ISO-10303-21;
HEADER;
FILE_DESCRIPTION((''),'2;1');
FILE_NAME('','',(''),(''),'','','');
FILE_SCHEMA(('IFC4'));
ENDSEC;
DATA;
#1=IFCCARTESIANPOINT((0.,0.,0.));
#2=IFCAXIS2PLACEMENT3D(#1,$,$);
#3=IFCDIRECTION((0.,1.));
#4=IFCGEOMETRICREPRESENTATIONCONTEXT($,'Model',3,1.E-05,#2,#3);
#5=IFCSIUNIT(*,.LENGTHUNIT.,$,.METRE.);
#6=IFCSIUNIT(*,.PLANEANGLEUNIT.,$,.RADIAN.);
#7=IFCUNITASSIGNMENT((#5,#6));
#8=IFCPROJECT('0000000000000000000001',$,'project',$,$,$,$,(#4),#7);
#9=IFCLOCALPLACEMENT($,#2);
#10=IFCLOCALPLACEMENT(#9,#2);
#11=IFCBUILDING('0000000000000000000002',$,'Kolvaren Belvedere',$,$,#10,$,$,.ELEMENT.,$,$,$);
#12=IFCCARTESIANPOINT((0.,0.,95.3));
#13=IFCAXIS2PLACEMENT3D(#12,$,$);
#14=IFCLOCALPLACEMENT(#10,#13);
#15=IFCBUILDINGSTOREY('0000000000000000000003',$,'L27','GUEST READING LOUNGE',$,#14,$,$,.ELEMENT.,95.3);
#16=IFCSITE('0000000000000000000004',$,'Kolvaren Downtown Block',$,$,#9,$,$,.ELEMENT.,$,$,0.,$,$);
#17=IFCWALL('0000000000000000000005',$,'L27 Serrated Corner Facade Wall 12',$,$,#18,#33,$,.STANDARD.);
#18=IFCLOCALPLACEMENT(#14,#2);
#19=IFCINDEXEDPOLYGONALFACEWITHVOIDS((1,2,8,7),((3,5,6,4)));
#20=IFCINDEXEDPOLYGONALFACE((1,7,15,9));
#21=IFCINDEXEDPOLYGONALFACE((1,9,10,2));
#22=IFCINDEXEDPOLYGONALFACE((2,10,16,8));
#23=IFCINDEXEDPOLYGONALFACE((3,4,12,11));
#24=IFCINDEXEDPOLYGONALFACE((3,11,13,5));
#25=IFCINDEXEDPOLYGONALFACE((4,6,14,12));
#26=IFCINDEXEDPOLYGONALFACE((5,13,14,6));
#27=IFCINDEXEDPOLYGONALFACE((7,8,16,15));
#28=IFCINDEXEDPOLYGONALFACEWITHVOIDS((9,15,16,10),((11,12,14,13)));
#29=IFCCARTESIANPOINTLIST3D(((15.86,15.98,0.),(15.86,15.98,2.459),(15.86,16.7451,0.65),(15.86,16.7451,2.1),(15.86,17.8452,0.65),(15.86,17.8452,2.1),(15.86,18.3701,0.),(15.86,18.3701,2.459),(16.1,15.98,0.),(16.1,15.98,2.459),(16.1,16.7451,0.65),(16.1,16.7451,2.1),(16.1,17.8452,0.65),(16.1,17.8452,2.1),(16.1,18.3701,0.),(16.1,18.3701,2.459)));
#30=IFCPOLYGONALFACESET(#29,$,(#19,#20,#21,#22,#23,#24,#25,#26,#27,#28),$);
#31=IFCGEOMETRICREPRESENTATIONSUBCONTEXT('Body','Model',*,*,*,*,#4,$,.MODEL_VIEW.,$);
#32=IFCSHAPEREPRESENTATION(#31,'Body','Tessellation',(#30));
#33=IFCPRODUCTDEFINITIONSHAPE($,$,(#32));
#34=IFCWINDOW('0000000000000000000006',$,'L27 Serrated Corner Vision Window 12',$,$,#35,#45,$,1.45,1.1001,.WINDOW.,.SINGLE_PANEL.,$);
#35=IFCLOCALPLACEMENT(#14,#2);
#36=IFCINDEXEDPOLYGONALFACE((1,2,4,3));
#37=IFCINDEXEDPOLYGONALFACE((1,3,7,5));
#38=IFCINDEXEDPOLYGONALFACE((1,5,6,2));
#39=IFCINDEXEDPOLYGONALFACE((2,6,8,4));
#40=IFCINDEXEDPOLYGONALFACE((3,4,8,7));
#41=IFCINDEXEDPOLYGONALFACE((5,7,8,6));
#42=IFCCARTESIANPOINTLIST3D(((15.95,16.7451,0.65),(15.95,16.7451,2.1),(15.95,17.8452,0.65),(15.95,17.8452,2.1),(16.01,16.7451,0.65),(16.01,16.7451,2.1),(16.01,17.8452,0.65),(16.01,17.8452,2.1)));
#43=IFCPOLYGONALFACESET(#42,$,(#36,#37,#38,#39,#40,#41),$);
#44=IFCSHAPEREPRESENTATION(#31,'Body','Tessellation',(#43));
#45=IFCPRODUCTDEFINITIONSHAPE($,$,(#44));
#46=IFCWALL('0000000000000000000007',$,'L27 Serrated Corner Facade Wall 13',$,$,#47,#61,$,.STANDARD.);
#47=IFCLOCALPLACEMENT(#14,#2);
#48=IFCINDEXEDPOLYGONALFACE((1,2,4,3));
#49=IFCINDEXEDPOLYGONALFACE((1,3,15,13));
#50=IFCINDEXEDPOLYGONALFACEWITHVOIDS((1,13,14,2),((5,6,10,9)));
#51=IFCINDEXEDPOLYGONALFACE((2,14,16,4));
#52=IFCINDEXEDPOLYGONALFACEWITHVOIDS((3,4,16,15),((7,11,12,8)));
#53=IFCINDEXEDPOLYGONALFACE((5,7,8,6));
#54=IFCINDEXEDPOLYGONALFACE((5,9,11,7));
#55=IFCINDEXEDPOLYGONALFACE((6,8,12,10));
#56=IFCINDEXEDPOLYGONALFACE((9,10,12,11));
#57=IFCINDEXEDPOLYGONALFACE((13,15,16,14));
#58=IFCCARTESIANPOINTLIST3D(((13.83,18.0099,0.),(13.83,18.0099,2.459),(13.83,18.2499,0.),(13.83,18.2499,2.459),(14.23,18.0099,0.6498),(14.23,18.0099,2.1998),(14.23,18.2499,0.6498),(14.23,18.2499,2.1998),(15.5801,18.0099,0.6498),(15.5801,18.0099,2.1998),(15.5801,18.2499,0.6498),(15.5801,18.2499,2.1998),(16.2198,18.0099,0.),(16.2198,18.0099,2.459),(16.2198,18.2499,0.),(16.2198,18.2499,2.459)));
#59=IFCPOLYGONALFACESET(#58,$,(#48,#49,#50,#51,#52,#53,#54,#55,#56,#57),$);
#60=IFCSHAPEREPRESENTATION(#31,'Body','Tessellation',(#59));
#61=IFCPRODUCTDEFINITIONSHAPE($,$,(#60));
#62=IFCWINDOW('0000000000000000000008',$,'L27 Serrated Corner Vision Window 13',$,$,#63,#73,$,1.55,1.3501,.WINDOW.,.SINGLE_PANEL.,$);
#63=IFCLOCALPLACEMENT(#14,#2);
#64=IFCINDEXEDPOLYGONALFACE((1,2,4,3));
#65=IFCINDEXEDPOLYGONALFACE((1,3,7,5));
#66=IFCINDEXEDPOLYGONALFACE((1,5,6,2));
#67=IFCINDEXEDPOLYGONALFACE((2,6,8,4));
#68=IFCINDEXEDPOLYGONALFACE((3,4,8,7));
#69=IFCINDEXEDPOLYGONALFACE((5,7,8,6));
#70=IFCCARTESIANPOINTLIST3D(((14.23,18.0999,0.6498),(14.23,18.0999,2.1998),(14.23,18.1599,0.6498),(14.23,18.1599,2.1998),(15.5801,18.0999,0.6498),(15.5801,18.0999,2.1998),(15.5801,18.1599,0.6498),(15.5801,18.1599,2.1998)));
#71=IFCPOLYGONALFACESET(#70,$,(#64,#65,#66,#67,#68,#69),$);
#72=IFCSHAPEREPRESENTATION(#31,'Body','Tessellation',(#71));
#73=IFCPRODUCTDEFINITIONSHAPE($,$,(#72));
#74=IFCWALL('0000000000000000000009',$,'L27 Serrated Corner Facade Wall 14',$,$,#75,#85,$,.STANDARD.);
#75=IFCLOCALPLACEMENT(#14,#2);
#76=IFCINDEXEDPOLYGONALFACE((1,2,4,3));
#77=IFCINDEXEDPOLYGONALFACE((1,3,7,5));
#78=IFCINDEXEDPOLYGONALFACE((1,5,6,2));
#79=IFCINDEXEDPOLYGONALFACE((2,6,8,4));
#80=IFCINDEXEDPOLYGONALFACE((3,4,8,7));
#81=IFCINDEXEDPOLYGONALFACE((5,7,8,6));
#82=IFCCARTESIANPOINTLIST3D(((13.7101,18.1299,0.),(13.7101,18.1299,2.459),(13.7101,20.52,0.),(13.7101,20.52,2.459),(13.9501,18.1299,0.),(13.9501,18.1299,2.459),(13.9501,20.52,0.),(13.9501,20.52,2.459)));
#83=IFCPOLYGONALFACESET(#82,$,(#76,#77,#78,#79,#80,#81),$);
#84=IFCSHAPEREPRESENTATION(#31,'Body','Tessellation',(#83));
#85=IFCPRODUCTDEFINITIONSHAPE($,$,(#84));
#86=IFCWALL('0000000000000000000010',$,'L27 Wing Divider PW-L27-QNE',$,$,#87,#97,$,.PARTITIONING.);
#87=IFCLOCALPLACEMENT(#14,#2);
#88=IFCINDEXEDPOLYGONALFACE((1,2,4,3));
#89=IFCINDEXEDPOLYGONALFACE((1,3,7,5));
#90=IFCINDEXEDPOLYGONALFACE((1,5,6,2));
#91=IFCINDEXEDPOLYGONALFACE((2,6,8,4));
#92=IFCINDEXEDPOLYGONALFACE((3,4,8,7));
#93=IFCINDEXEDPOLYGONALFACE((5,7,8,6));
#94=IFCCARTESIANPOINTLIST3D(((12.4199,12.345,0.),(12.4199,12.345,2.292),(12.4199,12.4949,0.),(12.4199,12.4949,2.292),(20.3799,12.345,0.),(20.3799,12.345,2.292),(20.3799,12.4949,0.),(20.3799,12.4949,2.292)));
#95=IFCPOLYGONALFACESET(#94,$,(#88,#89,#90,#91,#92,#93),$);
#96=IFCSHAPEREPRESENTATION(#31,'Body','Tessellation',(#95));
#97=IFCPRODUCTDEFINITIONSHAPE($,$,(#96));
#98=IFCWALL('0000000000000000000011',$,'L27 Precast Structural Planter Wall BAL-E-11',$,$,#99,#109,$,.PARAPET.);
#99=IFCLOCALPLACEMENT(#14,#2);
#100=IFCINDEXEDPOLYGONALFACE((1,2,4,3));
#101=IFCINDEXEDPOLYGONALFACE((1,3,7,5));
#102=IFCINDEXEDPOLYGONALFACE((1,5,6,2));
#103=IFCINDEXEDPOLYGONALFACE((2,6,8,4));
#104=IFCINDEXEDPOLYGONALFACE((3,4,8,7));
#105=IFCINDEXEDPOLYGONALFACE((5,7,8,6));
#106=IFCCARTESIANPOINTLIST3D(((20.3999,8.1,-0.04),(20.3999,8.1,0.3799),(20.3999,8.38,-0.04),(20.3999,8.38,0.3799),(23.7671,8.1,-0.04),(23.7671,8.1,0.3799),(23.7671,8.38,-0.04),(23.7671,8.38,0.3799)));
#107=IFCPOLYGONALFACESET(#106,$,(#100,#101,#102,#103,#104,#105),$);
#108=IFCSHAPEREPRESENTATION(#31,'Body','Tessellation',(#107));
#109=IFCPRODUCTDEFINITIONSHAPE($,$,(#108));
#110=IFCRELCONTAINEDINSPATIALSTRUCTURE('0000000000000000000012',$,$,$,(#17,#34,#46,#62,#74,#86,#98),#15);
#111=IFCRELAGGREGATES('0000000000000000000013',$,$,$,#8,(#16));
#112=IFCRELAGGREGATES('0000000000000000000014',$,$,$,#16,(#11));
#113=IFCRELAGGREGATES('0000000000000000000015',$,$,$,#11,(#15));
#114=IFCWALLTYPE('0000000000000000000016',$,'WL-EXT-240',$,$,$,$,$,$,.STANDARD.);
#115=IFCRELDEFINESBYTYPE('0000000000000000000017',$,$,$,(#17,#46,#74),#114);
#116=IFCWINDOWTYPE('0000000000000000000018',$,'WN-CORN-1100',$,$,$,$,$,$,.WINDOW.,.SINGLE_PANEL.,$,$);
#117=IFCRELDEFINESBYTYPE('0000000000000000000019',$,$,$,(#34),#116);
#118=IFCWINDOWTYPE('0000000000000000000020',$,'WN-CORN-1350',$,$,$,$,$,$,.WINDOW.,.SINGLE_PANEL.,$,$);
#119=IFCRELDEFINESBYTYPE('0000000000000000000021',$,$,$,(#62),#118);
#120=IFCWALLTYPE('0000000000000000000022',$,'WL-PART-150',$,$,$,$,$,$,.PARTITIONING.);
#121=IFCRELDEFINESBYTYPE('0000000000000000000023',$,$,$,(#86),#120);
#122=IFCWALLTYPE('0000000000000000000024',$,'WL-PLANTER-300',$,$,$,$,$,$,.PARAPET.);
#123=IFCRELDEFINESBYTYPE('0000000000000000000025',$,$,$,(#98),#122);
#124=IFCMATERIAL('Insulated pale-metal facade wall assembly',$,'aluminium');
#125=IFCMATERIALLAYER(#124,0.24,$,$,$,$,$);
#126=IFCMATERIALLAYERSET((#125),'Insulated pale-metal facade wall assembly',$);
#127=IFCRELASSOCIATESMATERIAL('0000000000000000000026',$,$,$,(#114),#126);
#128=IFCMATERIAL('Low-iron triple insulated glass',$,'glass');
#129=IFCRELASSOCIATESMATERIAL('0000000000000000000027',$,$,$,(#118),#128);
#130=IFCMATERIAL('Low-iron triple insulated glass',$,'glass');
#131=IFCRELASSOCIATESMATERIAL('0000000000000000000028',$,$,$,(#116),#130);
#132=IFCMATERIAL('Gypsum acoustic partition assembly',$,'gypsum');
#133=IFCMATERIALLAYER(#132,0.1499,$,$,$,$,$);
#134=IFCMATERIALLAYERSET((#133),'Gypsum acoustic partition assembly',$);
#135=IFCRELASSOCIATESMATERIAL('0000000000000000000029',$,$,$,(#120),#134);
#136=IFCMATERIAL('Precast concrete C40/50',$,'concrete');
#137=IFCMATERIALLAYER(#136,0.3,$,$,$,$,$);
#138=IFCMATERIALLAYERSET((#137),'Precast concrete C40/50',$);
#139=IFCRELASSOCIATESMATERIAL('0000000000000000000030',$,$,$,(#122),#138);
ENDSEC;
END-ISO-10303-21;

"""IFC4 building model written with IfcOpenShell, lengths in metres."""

from ifc_helpers import new_model, si_unit, direction, frame, frame_2d, origin, place, context, subcontext, project, spatial, rectangle, extrude, material, layer, layer_set, type_object, element, fill, save


model = new_model("IFC4")

# Units and contexts
model_context = context("Model", 3, precision=1e-05, world=origin(), true_north=direction((0.0, 1.0)))
body_context = subcontext(model_context, "Body", "Model", "MODEL_VIEW")
ifc_project = project(units=[si_unit("LENGTHUNIT", "METRE"), si_unit("PLANEANGLEUNIT", "RADIAN")], contexts=[model_context])

# Site, building, storey
site_placement = place(None, origin())
site = spatial("IfcSite", under=ifc_project, at=site_placement, Name="Kolvaren Downtown Block", CompositionType="ELEMENT", RefElevation=0.0)
building_placement = place(site_placement, origin())
building = spatial("IfcBuilding", under=site, at=building_placement, Name="Kolvaren Belvedere", CompositionType="ELEMENT")
storey_placement = place(building_placement, frame((0.0, 0.0, 95.3)))
storey = spatial("IfcBuildingStorey", under=building, at=storey_placement, Name="L27", Description="GUEST READING LOUNGE", CompositionType="ELEMENT", Elevation=95.3)

# Shared definitions
ifc_material_1 = material(Name="Insulated pale-metal facade wall assembly", Category="aluminium")
ifc_layer_1 = layer(ifc_material_1, 0.24)
ifc_layer_set_1 = layer_set([ifc_layer_1], Name="Insulated pale-metal facade wall assembly")
wall_type_1 = type_object("IfcWallType", Name="WL-EXT-240", PredefinedType="STANDARD", material=ifc_layer_set_1)

# Walls, openings, windows
ifc_material_2 = material(Name="Low-iron triple insulated glass", Category="glass")
window_type_1 = type_object("IfcWindowType", Name="WN-CORN-1350", PartitioningType="SINGLE_PANEL", PredefinedType="WINDOW", material=ifc_material_2)
ifc_material_3 = material(Name="Low-iron triple insulated glass", Category="glass")
window_type_2 = type_object("IfcWindowType", Name="WN-CORN-1100", PartitioningType="SINGLE_PANEL", PredefinedType="WINDOW", material=ifc_material_3)
wall_1_placement = place(storey_placement, frame((15.98, 18.3701, 0.0), z_axis=(0.0, 0.0, 1.0), x_axis=(0.0, -1.0, 0.0)))
wall_1 = element("IfcWall", 1, at=wall_1_placement, inside=storey, type_object=wall_type_1, Name="L27 Serrated Corner Facade Wall 12", PredefinedType="STANDARD", context=body_context, shape_type="SweptSolid", body=[
    extrude(rectangle(XDim=2.3901, YDim=0.24, at=frame_2d((1.1951, 0.0))), origin(), (0.0, 0.0, 1.0), 2.459),
])
opening_1_placement = place(wall_1_placement, frame((0.5249, 0.0, 0.6499)))
opening_1 = element("IfcOpeningElement", 2, at=opening_1_placement, cuts=wall_1, PredefinedType="OPENING", context=body_context, shape_type="SweptSolid", body=[
    extrude(rectangle(XDim=1.1001, YDim=1.45, at=frame_2d((0.55, 0.7251))), frame((0.0, 0.1299, 0.0), z_axis=(0.0, -1.0, 0.0), x_axis=(1.0, 0.0, 0.0)), (0.0, 0.0, 1.0), 0.26),
])
window_1_placement = place(opening_1_placement, origin())
window_1 = element("IfcWindow", 3, at=window_1_placement, inside=storey, type_object=window_type_2, Name="L27 Serrated Corner Vision Window 12", OverallHeight=1.45, OverallWidth=1.1001, PartitioningType="SINGLE_PANEL", PredefinedType="WINDOW", context=body_context, shape_type="SweptSolid", body=[
    extrude(rectangle(XDim=1.1001, YDim=1.45, at=frame_2d((0.55, 0.7251))), frame((0.0, 0.03, 0.0), z_axis=(0.0, -1.0, 0.0), x_axis=(1.0, 0.0, 0.0)), (0.0, 0.0, 1.0), 0.0601),
])
fill(opening_1, window_1)
wall_2_placement = place(storey_placement, frame((13.8301, 18.1299, 0.0), z_axis=(0.0, 0.0, 1.0), x_axis=(1.0, 0.0, 0.0)))
wall_2 = element("IfcWall", 4, at=wall_2_placement, inside=storey, type_object=wall_type_1, Name="L27 Serrated Corner Facade Wall 13", PredefinedType="STANDARD", context=body_context, shape_type="SweptSolid", body=[
    extrude(rectangle(XDim=2.3899, YDim=0.24, at=frame_2d((1.1948, 0.0))), origin(), (0.0, 0.0, 1.0), 2.459),
])
opening_2_placement = place(wall_2_placement, frame((0.3999, 0.0, 0.6499)))
opening_2 = element("IfcOpeningElement", 5, at=opening_2_placement, cuts=wall_2, PredefinedType="OPENING", context=body_context, shape_type="SweptSolid", body=[
    extrude(rectangle(XDim=1.3501, YDim=1.55, at=frame_2d((0.675, 0.7749))), frame((0.0, 0.1299, 0.0), z_axis=(0.0, -1.0, 0.0), x_axis=(1.0, 0.0, 0.0)), (0.0, 0.0, 1.0), 0.26),
])
window_2_placement = place(opening_2_placement, origin())
window_2 = element("IfcWindow", 6, at=window_2_placement, inside=storey, type_object=window_type_1, Name="L27 Serrated Corner Vision Window 13", OverallHeight=1.55, OverallWidth=1.3501, PartitioningType="SINGLE_PANEL", PredefinedType="WINDOW", context=body_context, shape_type="SweptSolid", body=[
    extrude(rectangle(XDim=1.3501, YDim=1.55, at=frame_2d((0.675, 0.7749))), frame((0.0, 0.03, 0.0), z_axis=(0.0, -1.0, 0.0), x_axis=(1.0, 0.0, 0.0)), (0.0, 0.0, 1.0), 0.0601),
])
fill(opening_2, window_2)

# Walls
wall_3_placement = place(storey_placement, frame((13.8301, 20.52, 0.0), z_axis=(0.0, 0.0, 1.0), x_axis=(0.0, -1.0, 0.0)))
element("IfcWall", 7, at=wall_3_placement, inside=storey, type_object=wall_type_1, Name="L27 Serrated Corner Facade Wall 14", PredefinedType="STANDARD", context=body_context, shape_type="SweptSolid", body=[
    extrude(rectangle(XDim=2.3901, YDim=0.24, at=frame_2d((1.1951, 0.0))), origin(), (0.0, 0.0, 1.0), 2.459),
])
ifc_material_4 = material(Name="Gypsum acoustic partition assembly", Category="gypsum")
ifc_layer_2 = layer(ifc_material_4, 0.1499)
ifc_layer_set_2 = layer_set([ifc_layer_2], Name="Gypsum acoustic partition assembly")
wall_type_2 = type_object("IfcWallType", Name="WL-PART-150", PredefinedType="PARTITIONING", material=ifc_layer_set_2)
wall_4_placement = place(storey_placement, frame((12.4199, 12.4199, 0.0), z_axis=(0.0, 0.0, 1.0), x_axis=(1.0, 0.0, 0.0)))
element("IfcWall", 8, at=wall_4_placement, inside=storey, type_object=wall_type_2, Name="L27 Wing Divider PW-L27-QNE", PredefinedType="PARTITIONING", context=body_context, shape_type="SweptSolid", body=[
    extrude(rectangle(XDim=7.96, YDim=0.1499, at=frame_2d((3.98, 0.0))), origin(), (0.0, 0.0, 1.0), 2.292),
])
ifc_material_5 = material(Name="Precast concrete C40/50", Category="concrete")
ifc_layer_3 = layer(ifc_material_5, 0.3)
ifc_layer_set_3 = layer_set([ifc_layer_3], Name="Precast concrete C40/50")
wall_type_3 = type_object("IfcWallType", Name="WL-PLANTER-300", PredefinedType="PARAPET", material=ifc_layer_set_3)
wall_5_placement = place(storey_placement, frame((23.7671, 8.24, -0.04), z_axis=(0.0, 0.0, 1.0), x_axis=(-1.0, 0.0, 0.0)))
element("IfcWall", 9, at=wall_5_placement, inside=storey, type_object=wall_type_3, Name="L27 Precast Structural Planter Wall BAL-E-11", PredefinedType="PARAPET", context=body_context, shape_type="SweptSolid", body=[
    extrude(rectangle(XDim=3.3672, YDim=0.28, at=frame_2d((1.6836, 0.0))), origin(), (0.0, 0.0, 1.0), 0.4199),
])

save(model, "model.ifc")
